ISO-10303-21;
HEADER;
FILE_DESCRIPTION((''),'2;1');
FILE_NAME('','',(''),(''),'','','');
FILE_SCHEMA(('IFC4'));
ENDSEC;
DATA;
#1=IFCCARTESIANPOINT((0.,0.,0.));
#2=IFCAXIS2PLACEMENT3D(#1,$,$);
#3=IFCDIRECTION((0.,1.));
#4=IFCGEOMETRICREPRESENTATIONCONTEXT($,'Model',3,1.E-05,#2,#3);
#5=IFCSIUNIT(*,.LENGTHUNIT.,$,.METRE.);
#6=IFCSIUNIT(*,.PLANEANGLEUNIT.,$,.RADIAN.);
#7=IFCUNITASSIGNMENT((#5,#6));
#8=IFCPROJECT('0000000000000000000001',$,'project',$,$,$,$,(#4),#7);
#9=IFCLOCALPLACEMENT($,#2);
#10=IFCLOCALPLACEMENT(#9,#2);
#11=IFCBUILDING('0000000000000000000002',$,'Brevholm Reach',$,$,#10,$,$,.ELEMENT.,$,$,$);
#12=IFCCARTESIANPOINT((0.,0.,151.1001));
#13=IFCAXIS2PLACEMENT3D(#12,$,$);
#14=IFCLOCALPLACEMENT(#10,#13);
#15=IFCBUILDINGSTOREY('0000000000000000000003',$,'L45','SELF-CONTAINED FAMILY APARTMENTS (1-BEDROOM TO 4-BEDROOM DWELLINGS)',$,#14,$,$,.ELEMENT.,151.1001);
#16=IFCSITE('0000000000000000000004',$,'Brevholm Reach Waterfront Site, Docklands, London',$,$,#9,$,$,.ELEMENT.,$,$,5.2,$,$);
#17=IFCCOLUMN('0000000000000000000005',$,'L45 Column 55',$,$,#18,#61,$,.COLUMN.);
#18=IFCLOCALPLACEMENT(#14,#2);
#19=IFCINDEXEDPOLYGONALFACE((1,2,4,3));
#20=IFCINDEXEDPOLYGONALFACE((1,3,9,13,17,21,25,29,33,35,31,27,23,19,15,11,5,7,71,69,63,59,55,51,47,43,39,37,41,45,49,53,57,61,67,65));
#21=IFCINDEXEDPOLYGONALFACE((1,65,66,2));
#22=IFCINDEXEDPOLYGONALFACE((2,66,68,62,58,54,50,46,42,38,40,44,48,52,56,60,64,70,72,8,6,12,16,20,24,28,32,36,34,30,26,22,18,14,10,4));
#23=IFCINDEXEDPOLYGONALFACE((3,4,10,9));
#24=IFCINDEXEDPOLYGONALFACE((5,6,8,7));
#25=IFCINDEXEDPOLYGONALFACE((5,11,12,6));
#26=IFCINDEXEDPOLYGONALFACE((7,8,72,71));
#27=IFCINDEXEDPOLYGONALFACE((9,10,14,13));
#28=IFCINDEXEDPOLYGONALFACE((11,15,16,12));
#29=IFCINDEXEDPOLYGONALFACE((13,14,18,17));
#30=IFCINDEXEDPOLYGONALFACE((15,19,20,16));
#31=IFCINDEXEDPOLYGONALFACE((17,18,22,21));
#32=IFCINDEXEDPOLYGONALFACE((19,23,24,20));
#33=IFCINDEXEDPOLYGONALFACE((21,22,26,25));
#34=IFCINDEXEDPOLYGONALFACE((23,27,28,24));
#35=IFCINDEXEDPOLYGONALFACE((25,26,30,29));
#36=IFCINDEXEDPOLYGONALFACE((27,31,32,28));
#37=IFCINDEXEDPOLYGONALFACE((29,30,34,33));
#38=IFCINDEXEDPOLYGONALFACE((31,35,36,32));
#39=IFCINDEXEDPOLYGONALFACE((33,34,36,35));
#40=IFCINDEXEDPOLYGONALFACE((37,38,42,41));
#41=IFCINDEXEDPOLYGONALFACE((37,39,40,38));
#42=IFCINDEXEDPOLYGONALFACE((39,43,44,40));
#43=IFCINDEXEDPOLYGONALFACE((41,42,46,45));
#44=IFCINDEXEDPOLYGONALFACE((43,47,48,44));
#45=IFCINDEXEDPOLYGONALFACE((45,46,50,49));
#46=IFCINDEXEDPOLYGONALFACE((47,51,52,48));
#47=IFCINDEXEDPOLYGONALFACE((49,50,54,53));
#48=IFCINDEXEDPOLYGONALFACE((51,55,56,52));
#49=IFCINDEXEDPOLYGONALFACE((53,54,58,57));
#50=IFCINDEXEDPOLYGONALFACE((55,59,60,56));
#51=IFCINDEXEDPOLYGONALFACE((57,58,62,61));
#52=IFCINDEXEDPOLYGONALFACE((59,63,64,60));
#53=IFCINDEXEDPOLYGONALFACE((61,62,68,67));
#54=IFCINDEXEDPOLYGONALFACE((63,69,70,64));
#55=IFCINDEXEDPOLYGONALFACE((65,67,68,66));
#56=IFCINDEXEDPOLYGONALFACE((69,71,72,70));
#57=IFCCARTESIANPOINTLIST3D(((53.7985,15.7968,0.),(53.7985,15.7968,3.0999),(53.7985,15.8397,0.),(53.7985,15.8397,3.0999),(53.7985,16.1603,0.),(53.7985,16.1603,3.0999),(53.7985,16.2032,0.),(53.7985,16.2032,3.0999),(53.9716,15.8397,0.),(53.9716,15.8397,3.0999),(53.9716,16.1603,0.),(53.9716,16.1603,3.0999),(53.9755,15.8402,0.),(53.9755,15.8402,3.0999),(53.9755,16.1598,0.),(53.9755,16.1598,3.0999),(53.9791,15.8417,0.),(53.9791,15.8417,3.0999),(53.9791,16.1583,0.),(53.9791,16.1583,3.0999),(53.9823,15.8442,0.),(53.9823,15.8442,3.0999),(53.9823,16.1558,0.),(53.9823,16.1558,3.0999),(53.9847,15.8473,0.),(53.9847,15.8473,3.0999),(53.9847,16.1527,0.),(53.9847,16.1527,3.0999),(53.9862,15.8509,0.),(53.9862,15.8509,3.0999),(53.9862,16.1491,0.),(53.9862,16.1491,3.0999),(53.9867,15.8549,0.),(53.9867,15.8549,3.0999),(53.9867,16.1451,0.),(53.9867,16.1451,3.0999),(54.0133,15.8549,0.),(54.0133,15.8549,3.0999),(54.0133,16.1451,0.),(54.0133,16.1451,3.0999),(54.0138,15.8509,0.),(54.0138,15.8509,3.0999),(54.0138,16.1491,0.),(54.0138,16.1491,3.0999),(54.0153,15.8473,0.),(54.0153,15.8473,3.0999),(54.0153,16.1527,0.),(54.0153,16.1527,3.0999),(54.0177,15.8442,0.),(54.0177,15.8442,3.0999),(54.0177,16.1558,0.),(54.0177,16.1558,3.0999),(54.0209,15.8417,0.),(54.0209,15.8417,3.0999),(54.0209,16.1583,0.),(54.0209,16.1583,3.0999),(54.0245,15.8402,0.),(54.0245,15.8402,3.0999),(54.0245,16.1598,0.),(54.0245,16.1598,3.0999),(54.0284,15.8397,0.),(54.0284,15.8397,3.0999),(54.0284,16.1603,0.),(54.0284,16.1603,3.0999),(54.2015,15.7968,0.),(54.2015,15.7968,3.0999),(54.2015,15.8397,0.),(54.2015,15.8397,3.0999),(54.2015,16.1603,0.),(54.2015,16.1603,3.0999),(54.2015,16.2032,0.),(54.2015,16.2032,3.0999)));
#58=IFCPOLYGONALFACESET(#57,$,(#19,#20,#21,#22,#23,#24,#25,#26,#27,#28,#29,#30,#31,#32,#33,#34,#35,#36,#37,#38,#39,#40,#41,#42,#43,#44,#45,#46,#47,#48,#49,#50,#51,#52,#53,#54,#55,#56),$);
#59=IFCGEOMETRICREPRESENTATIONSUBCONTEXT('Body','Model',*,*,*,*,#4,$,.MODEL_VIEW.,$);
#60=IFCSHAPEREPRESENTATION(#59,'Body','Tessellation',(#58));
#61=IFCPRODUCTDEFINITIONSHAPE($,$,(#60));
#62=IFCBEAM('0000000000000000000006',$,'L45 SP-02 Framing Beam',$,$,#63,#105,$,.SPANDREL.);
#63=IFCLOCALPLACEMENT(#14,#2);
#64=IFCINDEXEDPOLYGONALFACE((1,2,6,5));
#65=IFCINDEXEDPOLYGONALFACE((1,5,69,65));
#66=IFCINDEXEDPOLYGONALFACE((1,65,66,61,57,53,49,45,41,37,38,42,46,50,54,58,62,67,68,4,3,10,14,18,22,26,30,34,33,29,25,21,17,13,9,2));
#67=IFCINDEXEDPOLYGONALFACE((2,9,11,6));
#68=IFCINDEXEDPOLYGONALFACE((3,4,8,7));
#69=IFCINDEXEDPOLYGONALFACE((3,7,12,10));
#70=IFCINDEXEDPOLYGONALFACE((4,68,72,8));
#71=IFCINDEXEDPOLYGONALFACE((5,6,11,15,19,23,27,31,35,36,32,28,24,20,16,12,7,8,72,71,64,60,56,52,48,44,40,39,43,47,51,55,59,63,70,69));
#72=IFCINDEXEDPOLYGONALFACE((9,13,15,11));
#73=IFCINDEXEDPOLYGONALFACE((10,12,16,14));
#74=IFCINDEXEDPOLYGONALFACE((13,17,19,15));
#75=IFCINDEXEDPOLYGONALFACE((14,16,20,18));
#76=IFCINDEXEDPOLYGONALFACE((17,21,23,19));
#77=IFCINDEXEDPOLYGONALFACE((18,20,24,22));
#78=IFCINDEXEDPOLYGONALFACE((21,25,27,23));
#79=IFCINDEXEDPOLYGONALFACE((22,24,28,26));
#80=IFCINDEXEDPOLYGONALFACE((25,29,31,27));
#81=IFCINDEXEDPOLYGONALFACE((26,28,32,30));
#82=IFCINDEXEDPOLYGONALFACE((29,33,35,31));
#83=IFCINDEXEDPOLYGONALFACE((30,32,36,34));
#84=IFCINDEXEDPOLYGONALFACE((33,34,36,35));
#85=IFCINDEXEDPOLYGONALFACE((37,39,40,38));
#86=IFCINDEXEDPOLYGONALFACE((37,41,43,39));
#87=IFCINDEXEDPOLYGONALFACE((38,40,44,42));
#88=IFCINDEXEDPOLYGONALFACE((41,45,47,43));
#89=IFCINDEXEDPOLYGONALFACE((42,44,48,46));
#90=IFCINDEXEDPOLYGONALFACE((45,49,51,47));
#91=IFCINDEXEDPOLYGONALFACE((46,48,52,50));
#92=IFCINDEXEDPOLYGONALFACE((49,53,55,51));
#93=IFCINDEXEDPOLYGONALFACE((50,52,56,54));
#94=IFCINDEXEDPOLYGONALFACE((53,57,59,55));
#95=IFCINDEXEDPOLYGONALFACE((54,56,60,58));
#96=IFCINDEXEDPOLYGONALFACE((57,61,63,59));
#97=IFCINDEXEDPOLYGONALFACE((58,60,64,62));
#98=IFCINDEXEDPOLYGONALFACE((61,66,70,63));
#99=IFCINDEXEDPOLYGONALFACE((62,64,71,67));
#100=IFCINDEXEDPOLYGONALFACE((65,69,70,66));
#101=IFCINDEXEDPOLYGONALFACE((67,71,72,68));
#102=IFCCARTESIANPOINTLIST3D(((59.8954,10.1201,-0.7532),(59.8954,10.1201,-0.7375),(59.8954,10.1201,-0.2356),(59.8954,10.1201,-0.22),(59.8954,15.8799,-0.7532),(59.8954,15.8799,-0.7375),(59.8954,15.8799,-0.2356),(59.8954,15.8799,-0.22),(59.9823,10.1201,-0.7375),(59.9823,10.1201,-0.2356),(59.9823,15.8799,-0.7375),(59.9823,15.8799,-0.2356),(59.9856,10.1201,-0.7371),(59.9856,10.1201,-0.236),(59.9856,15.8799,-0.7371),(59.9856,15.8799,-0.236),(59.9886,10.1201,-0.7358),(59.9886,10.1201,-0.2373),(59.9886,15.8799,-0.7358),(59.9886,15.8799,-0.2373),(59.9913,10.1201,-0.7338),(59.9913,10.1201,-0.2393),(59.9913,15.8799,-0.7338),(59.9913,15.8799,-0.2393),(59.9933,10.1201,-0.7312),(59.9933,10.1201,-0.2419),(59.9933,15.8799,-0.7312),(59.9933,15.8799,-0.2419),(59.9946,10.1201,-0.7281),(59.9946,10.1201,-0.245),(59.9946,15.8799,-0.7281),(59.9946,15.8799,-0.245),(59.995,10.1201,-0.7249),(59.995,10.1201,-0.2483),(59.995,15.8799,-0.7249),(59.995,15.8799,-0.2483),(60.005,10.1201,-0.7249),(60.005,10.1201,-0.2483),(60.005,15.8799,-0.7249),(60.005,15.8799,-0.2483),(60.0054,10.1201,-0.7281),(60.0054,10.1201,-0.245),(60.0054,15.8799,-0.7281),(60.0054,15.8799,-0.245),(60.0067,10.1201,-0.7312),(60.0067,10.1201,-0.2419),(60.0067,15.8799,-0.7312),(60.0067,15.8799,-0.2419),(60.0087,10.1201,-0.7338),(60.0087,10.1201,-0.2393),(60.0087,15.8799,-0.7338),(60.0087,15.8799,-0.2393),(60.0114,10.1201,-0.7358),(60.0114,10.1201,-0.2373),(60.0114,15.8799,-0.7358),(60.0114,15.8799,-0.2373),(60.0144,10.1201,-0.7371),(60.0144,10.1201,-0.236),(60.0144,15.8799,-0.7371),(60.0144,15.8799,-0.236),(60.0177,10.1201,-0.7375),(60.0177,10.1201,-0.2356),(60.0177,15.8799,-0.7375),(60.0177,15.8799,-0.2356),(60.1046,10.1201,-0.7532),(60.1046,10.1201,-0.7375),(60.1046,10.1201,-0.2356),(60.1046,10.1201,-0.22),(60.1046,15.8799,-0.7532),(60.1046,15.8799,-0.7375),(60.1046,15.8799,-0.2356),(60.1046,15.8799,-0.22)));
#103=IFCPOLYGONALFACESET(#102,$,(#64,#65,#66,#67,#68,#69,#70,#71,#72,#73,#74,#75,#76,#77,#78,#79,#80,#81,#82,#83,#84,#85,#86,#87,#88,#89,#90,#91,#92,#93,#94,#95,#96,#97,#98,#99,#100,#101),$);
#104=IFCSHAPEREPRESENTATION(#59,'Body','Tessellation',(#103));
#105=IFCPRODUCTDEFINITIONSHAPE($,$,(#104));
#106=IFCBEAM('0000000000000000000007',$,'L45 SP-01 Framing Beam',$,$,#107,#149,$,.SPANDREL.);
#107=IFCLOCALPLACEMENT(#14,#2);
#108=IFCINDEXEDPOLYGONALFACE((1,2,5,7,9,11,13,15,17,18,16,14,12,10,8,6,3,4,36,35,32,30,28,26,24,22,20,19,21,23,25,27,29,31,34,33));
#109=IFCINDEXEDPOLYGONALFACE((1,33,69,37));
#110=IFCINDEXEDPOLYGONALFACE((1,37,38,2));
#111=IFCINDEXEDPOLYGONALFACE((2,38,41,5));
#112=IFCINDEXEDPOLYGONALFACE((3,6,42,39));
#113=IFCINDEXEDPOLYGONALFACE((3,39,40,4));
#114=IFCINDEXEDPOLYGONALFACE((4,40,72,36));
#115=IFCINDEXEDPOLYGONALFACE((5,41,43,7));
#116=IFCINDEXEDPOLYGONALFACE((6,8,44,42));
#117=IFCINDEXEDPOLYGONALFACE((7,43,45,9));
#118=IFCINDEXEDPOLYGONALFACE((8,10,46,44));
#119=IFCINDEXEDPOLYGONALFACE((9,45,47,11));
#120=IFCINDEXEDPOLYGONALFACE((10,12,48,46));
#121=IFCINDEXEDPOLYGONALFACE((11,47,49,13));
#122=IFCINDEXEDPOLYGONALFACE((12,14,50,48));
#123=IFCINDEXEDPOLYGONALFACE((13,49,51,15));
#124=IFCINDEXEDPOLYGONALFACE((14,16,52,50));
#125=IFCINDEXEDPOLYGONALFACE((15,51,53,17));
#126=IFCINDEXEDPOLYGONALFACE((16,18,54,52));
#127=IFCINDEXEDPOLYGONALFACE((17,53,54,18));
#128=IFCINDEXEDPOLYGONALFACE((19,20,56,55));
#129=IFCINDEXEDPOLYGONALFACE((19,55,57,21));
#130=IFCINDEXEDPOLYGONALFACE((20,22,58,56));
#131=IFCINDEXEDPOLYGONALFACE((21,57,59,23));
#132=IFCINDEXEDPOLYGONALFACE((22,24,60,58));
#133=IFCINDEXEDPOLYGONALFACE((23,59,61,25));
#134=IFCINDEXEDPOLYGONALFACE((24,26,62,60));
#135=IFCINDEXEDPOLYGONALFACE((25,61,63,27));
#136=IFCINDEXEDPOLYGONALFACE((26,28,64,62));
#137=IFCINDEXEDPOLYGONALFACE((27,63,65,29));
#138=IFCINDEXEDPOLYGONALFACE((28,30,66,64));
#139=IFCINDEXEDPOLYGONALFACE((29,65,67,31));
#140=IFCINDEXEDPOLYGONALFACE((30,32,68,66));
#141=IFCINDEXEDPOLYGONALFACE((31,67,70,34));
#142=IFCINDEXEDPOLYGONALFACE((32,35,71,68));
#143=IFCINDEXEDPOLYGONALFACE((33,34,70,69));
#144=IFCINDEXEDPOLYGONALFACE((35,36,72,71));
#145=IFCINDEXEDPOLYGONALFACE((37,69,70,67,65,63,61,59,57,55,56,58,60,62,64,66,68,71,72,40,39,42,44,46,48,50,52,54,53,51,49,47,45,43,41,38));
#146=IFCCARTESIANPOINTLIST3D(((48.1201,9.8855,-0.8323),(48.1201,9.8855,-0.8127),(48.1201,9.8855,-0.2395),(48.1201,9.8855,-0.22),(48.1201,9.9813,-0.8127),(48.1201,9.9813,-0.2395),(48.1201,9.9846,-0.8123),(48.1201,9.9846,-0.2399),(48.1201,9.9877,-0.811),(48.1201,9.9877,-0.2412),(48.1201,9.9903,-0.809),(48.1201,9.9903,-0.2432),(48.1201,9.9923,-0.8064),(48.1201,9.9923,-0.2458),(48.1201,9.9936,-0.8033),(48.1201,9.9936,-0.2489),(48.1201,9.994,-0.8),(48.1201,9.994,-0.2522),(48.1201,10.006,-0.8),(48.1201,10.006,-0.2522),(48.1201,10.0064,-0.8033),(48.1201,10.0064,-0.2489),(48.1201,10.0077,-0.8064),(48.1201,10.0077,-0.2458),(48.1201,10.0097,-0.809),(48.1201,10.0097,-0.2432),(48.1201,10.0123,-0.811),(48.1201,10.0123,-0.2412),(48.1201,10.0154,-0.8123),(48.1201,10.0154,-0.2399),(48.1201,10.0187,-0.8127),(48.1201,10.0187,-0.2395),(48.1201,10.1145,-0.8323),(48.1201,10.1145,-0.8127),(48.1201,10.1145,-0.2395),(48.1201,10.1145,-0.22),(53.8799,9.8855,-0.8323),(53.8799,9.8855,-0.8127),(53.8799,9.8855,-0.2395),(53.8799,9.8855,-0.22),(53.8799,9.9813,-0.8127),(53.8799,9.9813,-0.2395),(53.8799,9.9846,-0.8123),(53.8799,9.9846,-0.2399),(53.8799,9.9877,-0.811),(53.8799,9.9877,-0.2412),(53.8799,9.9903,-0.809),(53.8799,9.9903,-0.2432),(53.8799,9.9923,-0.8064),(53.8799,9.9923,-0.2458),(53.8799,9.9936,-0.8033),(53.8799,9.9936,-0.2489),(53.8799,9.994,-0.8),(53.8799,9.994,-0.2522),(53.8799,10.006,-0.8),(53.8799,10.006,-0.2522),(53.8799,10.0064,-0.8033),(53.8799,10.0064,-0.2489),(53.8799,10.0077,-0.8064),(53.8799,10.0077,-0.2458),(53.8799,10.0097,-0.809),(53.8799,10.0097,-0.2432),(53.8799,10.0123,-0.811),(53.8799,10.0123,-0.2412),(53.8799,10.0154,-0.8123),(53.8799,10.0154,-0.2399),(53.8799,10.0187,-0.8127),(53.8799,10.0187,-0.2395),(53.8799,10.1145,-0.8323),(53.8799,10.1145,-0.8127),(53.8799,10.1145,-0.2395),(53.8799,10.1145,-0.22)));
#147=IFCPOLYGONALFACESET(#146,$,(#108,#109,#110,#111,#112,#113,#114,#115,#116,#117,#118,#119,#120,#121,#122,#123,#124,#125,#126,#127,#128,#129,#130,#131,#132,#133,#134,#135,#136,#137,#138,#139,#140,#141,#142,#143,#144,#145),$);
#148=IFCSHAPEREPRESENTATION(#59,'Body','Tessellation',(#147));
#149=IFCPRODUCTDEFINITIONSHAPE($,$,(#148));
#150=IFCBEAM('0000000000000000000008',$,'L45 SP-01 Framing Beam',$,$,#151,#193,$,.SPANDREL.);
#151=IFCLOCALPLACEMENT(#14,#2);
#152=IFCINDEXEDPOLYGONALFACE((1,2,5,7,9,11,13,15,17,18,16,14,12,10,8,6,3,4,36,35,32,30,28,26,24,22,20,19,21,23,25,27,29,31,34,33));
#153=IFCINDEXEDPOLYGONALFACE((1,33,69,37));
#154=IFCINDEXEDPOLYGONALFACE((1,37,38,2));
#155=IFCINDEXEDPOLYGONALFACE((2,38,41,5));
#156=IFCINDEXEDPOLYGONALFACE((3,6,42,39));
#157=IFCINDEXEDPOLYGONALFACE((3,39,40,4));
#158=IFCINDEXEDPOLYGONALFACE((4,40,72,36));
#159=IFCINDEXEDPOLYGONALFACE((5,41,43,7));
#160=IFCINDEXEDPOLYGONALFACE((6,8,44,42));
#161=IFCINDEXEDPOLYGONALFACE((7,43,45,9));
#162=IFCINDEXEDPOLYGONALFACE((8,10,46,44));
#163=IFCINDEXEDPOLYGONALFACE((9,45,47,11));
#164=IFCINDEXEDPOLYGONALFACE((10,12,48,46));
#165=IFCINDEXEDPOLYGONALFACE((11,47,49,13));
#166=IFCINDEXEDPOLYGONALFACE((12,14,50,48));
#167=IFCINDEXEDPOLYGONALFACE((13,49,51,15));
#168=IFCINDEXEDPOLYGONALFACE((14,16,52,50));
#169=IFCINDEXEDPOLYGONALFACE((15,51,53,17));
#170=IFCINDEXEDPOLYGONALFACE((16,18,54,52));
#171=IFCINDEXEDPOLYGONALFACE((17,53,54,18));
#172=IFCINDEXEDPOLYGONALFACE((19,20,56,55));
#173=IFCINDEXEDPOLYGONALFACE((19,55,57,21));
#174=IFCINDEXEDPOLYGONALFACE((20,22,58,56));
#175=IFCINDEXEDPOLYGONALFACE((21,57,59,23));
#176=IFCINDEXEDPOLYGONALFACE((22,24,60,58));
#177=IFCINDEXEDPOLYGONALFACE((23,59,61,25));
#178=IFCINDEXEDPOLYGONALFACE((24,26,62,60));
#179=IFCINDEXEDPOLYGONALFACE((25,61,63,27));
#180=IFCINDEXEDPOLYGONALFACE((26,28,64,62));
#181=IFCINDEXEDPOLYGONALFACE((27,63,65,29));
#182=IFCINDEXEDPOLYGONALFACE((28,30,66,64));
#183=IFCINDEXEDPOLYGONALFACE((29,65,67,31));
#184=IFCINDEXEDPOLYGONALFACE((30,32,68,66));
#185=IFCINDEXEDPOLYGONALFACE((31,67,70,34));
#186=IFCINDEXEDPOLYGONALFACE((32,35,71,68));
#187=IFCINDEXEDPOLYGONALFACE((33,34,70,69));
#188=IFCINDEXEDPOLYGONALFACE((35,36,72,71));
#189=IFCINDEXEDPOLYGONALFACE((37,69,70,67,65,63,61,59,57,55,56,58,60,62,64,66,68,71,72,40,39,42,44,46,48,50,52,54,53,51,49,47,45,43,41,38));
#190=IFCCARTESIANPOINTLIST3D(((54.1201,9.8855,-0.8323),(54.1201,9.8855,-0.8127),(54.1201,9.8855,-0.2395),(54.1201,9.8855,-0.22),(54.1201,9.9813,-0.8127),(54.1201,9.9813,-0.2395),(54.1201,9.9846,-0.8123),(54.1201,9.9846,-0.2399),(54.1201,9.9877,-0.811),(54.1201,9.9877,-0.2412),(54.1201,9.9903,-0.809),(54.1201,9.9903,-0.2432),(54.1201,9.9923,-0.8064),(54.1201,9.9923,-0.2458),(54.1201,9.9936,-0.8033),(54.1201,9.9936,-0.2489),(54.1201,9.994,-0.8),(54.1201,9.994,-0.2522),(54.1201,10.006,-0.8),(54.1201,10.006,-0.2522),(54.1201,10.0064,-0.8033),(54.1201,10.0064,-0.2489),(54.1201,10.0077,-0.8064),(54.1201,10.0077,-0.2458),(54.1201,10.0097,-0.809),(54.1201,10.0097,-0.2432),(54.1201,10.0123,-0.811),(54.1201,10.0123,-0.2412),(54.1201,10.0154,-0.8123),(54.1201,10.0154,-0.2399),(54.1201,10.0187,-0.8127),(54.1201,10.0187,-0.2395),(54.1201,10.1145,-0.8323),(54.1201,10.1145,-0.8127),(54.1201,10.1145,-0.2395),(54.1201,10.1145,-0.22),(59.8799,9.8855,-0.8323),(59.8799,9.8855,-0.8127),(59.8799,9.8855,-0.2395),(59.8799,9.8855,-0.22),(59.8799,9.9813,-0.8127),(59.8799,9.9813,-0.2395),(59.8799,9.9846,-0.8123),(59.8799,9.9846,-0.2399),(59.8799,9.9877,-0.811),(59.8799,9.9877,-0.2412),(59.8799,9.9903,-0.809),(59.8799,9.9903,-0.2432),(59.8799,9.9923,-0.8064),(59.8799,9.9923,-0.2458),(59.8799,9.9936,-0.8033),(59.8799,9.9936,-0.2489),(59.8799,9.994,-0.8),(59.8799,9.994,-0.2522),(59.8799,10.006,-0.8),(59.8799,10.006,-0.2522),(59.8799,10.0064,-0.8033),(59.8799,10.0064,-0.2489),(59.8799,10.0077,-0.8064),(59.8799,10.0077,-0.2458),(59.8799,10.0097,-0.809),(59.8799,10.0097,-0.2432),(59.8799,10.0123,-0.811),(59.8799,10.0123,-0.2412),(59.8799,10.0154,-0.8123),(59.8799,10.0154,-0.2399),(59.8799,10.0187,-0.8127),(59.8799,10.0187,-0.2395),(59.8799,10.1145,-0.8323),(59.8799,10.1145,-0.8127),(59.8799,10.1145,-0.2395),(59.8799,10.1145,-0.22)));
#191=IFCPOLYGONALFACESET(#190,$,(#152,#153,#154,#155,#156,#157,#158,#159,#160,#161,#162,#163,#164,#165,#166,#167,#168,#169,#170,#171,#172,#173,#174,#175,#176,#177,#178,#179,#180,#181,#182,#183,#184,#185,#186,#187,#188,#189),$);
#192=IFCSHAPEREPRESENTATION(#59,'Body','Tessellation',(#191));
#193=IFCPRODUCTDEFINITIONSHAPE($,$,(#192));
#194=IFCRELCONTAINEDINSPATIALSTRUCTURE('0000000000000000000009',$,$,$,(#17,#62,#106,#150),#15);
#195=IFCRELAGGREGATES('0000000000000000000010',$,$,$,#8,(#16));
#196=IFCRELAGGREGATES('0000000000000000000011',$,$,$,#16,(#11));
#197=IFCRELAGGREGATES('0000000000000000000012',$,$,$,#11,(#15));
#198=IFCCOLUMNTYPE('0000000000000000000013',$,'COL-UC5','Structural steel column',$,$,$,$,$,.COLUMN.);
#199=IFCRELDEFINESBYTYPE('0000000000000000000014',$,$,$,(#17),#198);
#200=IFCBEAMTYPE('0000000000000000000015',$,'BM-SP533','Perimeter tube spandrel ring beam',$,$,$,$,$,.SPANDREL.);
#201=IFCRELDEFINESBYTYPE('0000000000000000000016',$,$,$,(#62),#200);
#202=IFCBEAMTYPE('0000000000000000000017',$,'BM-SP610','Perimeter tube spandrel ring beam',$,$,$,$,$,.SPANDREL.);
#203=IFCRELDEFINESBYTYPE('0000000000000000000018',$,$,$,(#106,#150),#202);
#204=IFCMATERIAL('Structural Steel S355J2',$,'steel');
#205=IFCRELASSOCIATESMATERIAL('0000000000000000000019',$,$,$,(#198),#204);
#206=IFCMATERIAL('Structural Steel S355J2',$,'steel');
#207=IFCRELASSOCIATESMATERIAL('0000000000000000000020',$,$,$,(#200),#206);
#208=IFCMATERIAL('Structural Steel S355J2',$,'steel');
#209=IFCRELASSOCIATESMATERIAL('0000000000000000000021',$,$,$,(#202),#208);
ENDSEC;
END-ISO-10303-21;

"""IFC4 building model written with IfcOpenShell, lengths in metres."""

from ifc_helpers import new_model, si_unit, direction, frame, origin, origin_2d, place, context, subcontext, project, spatial, i_section, extrude, material, material_profile, profile_set, type_object, element, save


model = new_model("IFC4")

# Units and contexts
model_context = context("Model", 3, precision=1e-05, world=origin(), true_north=direction((0.0, 1.0)))
body_context = subcontext(model_context, "Body", "Model", "MODEL_VIEW")
ifc_project = project(units=[si_unit("LENGTHUNIT", "METRE"), si_unit("PLANEANGLEUNIT", "RADIAN")], contexts=[model_context])

# Site, building, storey
site_placement = place(None, origin())
site = spatial("IfcSite", under=ifc_project, at=site_placement, Name="Brevholm Reach Waterfront Site, Docklands, London", CompositionType="ELEMENT", RefElevation=5.2)
building_placement = place(site_placement, origin())
building = spatial("IfcBuilding", under=site, at=building_placement, Name="Brevholm Reach", CompositionType="ELEMENT")
storey_placement = place(building_placement, frame((0.0, 0.0, 151.1001)))
storey = spatial("IfcBuildingStorey", under=building, at=storey_placement, Name="L45", Description="SELF-CONTAINED FAMILY APARTMENTS (1-BEDROOM TO 4-BEDROOM DWELLINGS)", CompositionType="ELEMENT", Elevation=151.1001)

# Column
ifc_material_1 = material(Name="Structural Steel S355J2", Category="steel")
ifc_material_profile_1 = material_profile(ifc_material_1, i_section(OverallWidth=0.4031, OverallDepth=0.4065, WebThickness=0.0266, FlangeThickness=0.043, FilletRadius=0.0151, at=origin_2d()), Name="UKC 356x406x340")
ifc_profile_set_1 = profile_set([ifc_material_profile_1], Name="Structural Steel S355J2")
column_type_1 = type_object("IfcColumnType", Name="COL-UC5", Description="Structural steel column", PredefinedType="COLUMN", material=ifc_profile_set_1)
for number, where, z_axis, x_axis, name in (
    (1, (54.0, 16.0, 0.0), (0.0, 0.0, 1.0), (1.0, 0.0, 0.0), "L45 Column 55"),
):
    element("IfcColumn", number, at=place(storey_placement, frame(where, z_axis=z_axis, x_axis=x_axis)), inside=storey, type_object=column_type_1, Name=name, PredefinedType="COLUMN", context=body_context, shape_type="SweptSolid", body=[
        extrude(i_section(OverallWidth=0.4031, OverallDepth=0.4065, WebThickness=0.0266, FlangeThickness=0.043, FilletRadius=0.0151, at=origin_2d()), origin(), (0.0, 0.0, 1.0), 3.0999),
    ])

# Beams
ifc_material_2 = material(Name="Structural Steel S355J2", Category="steel")
ifc_material_profile_2 = material_profile(ifc_material_2, i_section(OverallWidth=0.2092, OverallDepth=0.5332, WebThickness=0.01, FlangeThickness=0.0156, FilletRadius=0.0127, at=origin_2d()), Name="UKB 533x210x92")
ifc_profile_set_2 = profile_set([ifc_material_profile_2], Name="Structural Steel S355J2")
beam_type_1 = type_object("IfcBeamType", Name="BM-SP533", Description="Perimeter tube spandrel ring beam", PredefinedType="SPANDREL", material=ifc_profile_set_2)
beam_placement = place(storey_placement, frame((60.0, 10.1201, -0.4866), z_axis=(0.0, 1.0, 0.0), x_axis=(-1.0, 0.0, 0.0)))
element("IfcBeam", 2, at=beam_placement, inside=storey, type_object=beam_type_1, Name="L45 SP-02 Framing Beam", PredefinedType="SPANDREL", context=body_context, shape_type="SweptSolid", body=[
    extrude(i_section(OverallWidth=0.2092, OverallDepth=0.5332, WebThickness=0.01, FlangeThickness=0.0156, FilletRadius=0.0127, at=origin_2d()), origin(), (0.0, 0.0, 1.0), 5.7598),
])
ifc_material_3 = material(Name="Structural Steel S355J2", Category="steel")
ifc_material_profile_3 = material_profile(ifc_material_3, i_section(OverallWidth=0.229, OverallDepth=0.6123, WebThickness=0.012, FlangeThickness=0.0195, FilletRadius=0.0127, at=origin_2d()), Name="UKB 610x229x125")
ifc_profile_set_3 = profile_set([ifc_material_profile_3], Name="Structural Steel S355J2")
beam_type_2 = type_object("IfcBeamType", Name="BM-SP610", Description="Perimeter tube spandrel ring beam", PredefinedType="SPANDREL", material=ifc_profile_set_3)
for number, where, z_axis, x_axis, name in (
    (3, (48.1201, 10.0, -0.5261), (1.0, 0.0, 0.0), (0.0, 1.0, 0.0), "L45 SP-01 Framing Beam"),
    (4, (54.1201, 10.0, -0.5261), (1.0, 0.0, 0.0), (0.0, 1.0, 0.0), "L45 SP-01 Framing Beam"),
):
    element("IfcBeam", number, at=place(storey_placement, frame(where, z_axis=z_axis, x_axis=x_axis)), inside=storey, type_object=beam_type_2, Name=name, PredefinedType="SPANDREL", context=body_context, shape_type="SweptSolid", body=[
        extrude(i_section(OverallWidth=0.229, OverallDepth=0.6123, WebThickness=0.012, FlangeThickness=0.0195, FilletRadius=0.0127, at=origin_2d()), origin(), (0.0, 0.0, 1.0), 5.7598),
    ])

save(model, "model.ifc")
